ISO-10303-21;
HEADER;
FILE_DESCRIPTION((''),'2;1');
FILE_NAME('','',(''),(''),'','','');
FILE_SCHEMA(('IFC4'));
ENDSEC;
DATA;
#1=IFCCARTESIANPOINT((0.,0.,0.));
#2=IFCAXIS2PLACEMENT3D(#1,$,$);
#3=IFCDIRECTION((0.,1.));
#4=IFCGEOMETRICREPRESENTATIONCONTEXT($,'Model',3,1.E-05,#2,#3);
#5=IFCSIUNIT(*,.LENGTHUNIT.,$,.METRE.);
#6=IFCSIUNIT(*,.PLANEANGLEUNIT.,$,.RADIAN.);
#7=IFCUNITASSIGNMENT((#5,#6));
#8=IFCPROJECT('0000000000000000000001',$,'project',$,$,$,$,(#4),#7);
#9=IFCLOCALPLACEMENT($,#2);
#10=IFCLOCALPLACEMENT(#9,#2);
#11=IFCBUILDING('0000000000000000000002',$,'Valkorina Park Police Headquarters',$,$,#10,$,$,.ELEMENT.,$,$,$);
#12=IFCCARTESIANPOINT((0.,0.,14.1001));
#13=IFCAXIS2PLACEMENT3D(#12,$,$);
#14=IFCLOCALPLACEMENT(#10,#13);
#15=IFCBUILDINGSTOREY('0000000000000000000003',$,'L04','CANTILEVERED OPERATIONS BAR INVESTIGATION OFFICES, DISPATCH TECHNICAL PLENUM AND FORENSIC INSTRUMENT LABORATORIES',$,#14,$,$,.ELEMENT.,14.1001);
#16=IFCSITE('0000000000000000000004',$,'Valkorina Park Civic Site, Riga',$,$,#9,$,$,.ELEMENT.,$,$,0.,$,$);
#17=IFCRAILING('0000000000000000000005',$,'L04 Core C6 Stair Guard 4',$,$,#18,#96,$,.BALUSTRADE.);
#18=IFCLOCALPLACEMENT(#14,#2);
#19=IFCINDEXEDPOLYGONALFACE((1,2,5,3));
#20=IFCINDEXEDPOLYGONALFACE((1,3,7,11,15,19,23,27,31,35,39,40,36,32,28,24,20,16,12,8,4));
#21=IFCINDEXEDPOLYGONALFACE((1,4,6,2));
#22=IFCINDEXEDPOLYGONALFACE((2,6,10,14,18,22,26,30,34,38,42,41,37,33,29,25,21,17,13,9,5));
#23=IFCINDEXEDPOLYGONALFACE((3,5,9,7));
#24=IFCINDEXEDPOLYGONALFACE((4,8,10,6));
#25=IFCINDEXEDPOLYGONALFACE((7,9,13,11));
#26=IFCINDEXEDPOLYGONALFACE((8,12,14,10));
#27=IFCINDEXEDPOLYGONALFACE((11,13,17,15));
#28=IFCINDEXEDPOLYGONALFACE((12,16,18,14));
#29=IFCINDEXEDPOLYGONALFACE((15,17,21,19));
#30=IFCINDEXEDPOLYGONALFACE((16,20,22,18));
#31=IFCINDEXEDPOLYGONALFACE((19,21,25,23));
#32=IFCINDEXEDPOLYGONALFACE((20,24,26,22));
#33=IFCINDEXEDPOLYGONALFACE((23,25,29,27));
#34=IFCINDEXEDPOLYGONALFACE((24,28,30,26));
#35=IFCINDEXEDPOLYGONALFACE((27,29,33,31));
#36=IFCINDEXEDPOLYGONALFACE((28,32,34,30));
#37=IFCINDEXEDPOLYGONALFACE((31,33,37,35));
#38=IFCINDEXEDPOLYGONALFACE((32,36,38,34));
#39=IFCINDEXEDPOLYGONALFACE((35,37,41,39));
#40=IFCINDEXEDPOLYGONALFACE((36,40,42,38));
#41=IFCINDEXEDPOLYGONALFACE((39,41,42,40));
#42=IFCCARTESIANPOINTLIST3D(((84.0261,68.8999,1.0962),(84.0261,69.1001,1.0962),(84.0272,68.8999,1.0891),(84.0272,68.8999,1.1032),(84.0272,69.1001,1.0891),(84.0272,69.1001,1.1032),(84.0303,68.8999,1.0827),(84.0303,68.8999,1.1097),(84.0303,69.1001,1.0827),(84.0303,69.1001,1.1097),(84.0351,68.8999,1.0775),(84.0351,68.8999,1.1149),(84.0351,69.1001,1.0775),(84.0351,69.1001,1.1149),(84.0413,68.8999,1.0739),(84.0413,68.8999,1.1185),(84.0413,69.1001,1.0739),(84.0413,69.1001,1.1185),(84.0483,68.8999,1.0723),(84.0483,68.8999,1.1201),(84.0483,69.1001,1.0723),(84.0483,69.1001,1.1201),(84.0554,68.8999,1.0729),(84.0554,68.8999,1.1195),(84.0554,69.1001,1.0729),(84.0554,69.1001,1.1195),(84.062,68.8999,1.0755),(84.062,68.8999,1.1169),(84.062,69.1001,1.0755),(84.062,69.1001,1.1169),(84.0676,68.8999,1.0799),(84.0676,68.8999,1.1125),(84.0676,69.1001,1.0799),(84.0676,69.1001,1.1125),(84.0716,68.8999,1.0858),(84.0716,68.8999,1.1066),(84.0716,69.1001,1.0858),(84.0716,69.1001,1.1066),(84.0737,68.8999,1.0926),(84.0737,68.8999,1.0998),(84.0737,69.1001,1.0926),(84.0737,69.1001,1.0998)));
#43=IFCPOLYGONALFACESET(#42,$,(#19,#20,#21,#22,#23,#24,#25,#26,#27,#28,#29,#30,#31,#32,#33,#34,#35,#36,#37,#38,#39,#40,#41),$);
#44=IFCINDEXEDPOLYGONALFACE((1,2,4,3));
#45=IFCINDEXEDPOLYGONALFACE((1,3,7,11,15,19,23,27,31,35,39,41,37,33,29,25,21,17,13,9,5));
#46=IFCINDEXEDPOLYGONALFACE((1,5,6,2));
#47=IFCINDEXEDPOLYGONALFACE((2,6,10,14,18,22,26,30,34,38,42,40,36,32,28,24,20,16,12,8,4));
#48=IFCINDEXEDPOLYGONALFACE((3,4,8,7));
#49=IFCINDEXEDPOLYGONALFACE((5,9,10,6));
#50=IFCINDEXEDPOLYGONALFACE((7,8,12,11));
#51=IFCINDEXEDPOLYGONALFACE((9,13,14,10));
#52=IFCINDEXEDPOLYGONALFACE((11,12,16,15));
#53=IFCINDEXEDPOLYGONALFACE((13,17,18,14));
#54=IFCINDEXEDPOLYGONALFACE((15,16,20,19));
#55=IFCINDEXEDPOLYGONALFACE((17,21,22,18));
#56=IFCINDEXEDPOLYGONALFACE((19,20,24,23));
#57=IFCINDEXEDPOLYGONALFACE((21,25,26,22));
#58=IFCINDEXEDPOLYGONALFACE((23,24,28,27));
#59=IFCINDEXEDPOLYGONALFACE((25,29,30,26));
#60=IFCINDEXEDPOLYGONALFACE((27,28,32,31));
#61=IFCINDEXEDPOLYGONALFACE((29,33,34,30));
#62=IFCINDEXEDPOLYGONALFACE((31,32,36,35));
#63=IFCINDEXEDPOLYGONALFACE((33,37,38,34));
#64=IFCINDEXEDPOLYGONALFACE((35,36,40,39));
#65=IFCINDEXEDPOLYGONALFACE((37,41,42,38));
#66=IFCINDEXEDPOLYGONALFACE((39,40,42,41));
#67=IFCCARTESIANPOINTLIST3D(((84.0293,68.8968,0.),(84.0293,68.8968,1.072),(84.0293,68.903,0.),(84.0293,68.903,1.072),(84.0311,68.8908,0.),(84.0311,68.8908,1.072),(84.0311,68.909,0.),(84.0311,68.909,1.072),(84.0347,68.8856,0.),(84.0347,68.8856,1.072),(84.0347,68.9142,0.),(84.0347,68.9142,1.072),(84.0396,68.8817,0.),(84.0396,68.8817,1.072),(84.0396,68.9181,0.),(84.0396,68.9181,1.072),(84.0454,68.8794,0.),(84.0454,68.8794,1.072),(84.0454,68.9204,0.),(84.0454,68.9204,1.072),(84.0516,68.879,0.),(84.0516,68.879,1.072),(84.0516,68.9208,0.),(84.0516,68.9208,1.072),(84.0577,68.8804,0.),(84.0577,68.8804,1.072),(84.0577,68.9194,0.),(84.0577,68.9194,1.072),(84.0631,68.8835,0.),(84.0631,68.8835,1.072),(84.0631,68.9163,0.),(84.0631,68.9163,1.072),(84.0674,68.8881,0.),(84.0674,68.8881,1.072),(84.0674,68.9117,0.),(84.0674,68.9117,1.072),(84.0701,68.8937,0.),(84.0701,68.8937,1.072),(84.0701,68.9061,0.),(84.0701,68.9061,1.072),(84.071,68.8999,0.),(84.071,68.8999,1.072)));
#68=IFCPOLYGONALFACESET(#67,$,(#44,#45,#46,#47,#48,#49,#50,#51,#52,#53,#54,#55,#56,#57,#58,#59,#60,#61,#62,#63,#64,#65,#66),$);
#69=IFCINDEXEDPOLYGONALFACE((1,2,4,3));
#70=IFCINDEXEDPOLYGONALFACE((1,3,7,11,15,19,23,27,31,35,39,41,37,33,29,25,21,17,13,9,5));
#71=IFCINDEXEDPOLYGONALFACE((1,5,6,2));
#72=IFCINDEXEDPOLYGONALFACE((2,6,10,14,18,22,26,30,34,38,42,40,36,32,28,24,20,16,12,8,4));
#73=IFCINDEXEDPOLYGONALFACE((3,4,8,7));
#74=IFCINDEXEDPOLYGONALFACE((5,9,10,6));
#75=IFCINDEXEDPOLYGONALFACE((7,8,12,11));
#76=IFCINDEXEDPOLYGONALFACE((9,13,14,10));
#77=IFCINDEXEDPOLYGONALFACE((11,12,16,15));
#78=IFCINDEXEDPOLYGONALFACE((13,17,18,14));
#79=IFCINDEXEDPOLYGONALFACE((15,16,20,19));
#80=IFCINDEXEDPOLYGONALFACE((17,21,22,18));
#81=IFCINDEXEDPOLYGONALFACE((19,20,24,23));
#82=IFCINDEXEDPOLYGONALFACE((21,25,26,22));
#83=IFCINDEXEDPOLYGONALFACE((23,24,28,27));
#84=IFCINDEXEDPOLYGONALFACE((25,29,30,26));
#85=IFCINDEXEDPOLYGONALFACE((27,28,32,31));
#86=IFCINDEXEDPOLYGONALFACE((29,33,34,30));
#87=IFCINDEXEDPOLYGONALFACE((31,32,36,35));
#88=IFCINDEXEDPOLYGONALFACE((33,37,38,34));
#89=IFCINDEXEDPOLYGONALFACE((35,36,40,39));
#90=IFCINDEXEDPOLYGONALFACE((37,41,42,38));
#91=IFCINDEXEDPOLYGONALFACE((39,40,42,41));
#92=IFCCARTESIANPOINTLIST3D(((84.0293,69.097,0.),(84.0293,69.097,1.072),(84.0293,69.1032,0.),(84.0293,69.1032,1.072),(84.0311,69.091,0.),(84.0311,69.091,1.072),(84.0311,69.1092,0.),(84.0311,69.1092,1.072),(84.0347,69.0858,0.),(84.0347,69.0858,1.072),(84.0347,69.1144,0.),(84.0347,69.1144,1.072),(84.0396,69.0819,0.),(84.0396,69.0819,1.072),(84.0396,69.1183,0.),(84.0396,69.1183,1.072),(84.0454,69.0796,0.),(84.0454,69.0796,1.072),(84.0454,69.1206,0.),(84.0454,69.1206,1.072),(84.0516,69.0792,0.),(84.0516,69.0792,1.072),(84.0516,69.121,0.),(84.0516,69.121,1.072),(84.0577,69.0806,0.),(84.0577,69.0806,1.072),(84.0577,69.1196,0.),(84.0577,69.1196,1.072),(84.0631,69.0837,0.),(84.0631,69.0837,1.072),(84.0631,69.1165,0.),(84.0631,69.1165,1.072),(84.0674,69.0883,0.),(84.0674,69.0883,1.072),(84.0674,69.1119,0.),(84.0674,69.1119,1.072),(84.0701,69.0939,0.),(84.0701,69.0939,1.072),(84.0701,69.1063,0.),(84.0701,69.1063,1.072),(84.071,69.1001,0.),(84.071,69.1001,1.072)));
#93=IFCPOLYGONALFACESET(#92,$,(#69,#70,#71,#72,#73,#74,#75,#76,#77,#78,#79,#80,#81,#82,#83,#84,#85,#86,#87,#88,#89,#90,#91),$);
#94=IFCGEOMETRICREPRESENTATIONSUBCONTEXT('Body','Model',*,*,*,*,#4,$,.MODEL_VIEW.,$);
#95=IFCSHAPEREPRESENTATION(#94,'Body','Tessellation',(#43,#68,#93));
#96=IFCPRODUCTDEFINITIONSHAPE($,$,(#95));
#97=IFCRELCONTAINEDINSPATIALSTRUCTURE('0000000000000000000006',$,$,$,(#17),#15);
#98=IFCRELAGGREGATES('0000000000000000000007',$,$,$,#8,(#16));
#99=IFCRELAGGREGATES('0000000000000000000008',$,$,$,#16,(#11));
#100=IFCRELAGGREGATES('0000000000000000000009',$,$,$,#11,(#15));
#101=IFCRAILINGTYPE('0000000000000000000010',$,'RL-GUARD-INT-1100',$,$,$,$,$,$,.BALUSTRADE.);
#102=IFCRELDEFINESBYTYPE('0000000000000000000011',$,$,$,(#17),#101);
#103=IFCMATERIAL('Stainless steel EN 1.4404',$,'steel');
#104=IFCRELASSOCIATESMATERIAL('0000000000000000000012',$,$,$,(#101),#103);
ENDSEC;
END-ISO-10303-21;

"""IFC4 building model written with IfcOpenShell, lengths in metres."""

from ifc_helpers import new_model, si_unit, direction, frame, origin, origin_2d, place, context, subcontext, project, spatial, circle, extrude, material, type_object, element, save


model = new_model("IFC4")

# Units and contexts
model_context = context("Model", 3, precision=1e-05, world=origin(), true_north=direction((0.0, 1.0)))
body_context = subcontext(model_context, "Body", "Model", "MODEL_VIEW")
ifc_project = project(units=[si_unit("LENGTHUNIT", "METRE"), si_unit("PLANEANGLEUNIT", "RADIAN")], contexts=[model_context])

# Site, building, storey
site_placement = place(None, origin())
site = spatial("IfcSite", under=ifc_project, at=site_placement, Name="Valkorina Park Civic Site, Riga", CompositionType="ELEMENT", RefElevation=0.0)
building_placement = place(site_placement, origin())
building = spatial("IfcBuilding", under=site, at=building_placement, Name="Valkorina Park Police Headquarters", CompositionType="ELEMENT")
storey_placement = place(building_placement, frame((0.0, 0.0, 14.1001)))
storey = spatial("IfcBuildingStorey", under=building, at=storey_placement, Name="L04", Description="CANTILEVERED OPERATIONS BAR INVESTIGATION OFFICES, DISPATCH TECHNICAL PLENUM AND FORENSIC INSTRUMENT LABORATORIES", CompositionType="ELEMENT", Elevation=14.1001)

# Railing
ifc_material_1 = material(Name="Stainless steel EN 1.4404", Category="steel")
railing_type_1 = type_object("IfcRailingType", Name="RL-GUARD-INT-1100", PredefinedType="BALUSTRADE", material=ifc_material_1)
railing_1_placement = place(storey_placement, frame((84.05, 68.8999, 0.0)))
element("IfcRailing", 1, at=railing_1_placement, inside=storey, type_object=railing_type_1, Name="L04 Core C6 Stair Guard 4", PredefinedType="BALUSTRADE", context=body_context, shape_type="SweptSolid", body=[
    extrude(circle(Radius=0.0239, at=origin_2d()), frame((0.0, 0.0, 1.0962), z_axis=(0.0, 1.0, 0.0), x_axis=(-1.0, 0.0, 0.0)), (0.0, 0.0, 1.0), 0.2002),
    extrude(circle(Radius=0.021, at=origin_2d()), origin(), (0.0, 0.0, 1.0), 1.072),
    extrude(circle(Radius=0.021, at=origin_2d()), frame((0.0, 0.2002, 0.0)), (0.0, 0.0, 1.0), 1.072),
])

save(model, "model.ifc")
